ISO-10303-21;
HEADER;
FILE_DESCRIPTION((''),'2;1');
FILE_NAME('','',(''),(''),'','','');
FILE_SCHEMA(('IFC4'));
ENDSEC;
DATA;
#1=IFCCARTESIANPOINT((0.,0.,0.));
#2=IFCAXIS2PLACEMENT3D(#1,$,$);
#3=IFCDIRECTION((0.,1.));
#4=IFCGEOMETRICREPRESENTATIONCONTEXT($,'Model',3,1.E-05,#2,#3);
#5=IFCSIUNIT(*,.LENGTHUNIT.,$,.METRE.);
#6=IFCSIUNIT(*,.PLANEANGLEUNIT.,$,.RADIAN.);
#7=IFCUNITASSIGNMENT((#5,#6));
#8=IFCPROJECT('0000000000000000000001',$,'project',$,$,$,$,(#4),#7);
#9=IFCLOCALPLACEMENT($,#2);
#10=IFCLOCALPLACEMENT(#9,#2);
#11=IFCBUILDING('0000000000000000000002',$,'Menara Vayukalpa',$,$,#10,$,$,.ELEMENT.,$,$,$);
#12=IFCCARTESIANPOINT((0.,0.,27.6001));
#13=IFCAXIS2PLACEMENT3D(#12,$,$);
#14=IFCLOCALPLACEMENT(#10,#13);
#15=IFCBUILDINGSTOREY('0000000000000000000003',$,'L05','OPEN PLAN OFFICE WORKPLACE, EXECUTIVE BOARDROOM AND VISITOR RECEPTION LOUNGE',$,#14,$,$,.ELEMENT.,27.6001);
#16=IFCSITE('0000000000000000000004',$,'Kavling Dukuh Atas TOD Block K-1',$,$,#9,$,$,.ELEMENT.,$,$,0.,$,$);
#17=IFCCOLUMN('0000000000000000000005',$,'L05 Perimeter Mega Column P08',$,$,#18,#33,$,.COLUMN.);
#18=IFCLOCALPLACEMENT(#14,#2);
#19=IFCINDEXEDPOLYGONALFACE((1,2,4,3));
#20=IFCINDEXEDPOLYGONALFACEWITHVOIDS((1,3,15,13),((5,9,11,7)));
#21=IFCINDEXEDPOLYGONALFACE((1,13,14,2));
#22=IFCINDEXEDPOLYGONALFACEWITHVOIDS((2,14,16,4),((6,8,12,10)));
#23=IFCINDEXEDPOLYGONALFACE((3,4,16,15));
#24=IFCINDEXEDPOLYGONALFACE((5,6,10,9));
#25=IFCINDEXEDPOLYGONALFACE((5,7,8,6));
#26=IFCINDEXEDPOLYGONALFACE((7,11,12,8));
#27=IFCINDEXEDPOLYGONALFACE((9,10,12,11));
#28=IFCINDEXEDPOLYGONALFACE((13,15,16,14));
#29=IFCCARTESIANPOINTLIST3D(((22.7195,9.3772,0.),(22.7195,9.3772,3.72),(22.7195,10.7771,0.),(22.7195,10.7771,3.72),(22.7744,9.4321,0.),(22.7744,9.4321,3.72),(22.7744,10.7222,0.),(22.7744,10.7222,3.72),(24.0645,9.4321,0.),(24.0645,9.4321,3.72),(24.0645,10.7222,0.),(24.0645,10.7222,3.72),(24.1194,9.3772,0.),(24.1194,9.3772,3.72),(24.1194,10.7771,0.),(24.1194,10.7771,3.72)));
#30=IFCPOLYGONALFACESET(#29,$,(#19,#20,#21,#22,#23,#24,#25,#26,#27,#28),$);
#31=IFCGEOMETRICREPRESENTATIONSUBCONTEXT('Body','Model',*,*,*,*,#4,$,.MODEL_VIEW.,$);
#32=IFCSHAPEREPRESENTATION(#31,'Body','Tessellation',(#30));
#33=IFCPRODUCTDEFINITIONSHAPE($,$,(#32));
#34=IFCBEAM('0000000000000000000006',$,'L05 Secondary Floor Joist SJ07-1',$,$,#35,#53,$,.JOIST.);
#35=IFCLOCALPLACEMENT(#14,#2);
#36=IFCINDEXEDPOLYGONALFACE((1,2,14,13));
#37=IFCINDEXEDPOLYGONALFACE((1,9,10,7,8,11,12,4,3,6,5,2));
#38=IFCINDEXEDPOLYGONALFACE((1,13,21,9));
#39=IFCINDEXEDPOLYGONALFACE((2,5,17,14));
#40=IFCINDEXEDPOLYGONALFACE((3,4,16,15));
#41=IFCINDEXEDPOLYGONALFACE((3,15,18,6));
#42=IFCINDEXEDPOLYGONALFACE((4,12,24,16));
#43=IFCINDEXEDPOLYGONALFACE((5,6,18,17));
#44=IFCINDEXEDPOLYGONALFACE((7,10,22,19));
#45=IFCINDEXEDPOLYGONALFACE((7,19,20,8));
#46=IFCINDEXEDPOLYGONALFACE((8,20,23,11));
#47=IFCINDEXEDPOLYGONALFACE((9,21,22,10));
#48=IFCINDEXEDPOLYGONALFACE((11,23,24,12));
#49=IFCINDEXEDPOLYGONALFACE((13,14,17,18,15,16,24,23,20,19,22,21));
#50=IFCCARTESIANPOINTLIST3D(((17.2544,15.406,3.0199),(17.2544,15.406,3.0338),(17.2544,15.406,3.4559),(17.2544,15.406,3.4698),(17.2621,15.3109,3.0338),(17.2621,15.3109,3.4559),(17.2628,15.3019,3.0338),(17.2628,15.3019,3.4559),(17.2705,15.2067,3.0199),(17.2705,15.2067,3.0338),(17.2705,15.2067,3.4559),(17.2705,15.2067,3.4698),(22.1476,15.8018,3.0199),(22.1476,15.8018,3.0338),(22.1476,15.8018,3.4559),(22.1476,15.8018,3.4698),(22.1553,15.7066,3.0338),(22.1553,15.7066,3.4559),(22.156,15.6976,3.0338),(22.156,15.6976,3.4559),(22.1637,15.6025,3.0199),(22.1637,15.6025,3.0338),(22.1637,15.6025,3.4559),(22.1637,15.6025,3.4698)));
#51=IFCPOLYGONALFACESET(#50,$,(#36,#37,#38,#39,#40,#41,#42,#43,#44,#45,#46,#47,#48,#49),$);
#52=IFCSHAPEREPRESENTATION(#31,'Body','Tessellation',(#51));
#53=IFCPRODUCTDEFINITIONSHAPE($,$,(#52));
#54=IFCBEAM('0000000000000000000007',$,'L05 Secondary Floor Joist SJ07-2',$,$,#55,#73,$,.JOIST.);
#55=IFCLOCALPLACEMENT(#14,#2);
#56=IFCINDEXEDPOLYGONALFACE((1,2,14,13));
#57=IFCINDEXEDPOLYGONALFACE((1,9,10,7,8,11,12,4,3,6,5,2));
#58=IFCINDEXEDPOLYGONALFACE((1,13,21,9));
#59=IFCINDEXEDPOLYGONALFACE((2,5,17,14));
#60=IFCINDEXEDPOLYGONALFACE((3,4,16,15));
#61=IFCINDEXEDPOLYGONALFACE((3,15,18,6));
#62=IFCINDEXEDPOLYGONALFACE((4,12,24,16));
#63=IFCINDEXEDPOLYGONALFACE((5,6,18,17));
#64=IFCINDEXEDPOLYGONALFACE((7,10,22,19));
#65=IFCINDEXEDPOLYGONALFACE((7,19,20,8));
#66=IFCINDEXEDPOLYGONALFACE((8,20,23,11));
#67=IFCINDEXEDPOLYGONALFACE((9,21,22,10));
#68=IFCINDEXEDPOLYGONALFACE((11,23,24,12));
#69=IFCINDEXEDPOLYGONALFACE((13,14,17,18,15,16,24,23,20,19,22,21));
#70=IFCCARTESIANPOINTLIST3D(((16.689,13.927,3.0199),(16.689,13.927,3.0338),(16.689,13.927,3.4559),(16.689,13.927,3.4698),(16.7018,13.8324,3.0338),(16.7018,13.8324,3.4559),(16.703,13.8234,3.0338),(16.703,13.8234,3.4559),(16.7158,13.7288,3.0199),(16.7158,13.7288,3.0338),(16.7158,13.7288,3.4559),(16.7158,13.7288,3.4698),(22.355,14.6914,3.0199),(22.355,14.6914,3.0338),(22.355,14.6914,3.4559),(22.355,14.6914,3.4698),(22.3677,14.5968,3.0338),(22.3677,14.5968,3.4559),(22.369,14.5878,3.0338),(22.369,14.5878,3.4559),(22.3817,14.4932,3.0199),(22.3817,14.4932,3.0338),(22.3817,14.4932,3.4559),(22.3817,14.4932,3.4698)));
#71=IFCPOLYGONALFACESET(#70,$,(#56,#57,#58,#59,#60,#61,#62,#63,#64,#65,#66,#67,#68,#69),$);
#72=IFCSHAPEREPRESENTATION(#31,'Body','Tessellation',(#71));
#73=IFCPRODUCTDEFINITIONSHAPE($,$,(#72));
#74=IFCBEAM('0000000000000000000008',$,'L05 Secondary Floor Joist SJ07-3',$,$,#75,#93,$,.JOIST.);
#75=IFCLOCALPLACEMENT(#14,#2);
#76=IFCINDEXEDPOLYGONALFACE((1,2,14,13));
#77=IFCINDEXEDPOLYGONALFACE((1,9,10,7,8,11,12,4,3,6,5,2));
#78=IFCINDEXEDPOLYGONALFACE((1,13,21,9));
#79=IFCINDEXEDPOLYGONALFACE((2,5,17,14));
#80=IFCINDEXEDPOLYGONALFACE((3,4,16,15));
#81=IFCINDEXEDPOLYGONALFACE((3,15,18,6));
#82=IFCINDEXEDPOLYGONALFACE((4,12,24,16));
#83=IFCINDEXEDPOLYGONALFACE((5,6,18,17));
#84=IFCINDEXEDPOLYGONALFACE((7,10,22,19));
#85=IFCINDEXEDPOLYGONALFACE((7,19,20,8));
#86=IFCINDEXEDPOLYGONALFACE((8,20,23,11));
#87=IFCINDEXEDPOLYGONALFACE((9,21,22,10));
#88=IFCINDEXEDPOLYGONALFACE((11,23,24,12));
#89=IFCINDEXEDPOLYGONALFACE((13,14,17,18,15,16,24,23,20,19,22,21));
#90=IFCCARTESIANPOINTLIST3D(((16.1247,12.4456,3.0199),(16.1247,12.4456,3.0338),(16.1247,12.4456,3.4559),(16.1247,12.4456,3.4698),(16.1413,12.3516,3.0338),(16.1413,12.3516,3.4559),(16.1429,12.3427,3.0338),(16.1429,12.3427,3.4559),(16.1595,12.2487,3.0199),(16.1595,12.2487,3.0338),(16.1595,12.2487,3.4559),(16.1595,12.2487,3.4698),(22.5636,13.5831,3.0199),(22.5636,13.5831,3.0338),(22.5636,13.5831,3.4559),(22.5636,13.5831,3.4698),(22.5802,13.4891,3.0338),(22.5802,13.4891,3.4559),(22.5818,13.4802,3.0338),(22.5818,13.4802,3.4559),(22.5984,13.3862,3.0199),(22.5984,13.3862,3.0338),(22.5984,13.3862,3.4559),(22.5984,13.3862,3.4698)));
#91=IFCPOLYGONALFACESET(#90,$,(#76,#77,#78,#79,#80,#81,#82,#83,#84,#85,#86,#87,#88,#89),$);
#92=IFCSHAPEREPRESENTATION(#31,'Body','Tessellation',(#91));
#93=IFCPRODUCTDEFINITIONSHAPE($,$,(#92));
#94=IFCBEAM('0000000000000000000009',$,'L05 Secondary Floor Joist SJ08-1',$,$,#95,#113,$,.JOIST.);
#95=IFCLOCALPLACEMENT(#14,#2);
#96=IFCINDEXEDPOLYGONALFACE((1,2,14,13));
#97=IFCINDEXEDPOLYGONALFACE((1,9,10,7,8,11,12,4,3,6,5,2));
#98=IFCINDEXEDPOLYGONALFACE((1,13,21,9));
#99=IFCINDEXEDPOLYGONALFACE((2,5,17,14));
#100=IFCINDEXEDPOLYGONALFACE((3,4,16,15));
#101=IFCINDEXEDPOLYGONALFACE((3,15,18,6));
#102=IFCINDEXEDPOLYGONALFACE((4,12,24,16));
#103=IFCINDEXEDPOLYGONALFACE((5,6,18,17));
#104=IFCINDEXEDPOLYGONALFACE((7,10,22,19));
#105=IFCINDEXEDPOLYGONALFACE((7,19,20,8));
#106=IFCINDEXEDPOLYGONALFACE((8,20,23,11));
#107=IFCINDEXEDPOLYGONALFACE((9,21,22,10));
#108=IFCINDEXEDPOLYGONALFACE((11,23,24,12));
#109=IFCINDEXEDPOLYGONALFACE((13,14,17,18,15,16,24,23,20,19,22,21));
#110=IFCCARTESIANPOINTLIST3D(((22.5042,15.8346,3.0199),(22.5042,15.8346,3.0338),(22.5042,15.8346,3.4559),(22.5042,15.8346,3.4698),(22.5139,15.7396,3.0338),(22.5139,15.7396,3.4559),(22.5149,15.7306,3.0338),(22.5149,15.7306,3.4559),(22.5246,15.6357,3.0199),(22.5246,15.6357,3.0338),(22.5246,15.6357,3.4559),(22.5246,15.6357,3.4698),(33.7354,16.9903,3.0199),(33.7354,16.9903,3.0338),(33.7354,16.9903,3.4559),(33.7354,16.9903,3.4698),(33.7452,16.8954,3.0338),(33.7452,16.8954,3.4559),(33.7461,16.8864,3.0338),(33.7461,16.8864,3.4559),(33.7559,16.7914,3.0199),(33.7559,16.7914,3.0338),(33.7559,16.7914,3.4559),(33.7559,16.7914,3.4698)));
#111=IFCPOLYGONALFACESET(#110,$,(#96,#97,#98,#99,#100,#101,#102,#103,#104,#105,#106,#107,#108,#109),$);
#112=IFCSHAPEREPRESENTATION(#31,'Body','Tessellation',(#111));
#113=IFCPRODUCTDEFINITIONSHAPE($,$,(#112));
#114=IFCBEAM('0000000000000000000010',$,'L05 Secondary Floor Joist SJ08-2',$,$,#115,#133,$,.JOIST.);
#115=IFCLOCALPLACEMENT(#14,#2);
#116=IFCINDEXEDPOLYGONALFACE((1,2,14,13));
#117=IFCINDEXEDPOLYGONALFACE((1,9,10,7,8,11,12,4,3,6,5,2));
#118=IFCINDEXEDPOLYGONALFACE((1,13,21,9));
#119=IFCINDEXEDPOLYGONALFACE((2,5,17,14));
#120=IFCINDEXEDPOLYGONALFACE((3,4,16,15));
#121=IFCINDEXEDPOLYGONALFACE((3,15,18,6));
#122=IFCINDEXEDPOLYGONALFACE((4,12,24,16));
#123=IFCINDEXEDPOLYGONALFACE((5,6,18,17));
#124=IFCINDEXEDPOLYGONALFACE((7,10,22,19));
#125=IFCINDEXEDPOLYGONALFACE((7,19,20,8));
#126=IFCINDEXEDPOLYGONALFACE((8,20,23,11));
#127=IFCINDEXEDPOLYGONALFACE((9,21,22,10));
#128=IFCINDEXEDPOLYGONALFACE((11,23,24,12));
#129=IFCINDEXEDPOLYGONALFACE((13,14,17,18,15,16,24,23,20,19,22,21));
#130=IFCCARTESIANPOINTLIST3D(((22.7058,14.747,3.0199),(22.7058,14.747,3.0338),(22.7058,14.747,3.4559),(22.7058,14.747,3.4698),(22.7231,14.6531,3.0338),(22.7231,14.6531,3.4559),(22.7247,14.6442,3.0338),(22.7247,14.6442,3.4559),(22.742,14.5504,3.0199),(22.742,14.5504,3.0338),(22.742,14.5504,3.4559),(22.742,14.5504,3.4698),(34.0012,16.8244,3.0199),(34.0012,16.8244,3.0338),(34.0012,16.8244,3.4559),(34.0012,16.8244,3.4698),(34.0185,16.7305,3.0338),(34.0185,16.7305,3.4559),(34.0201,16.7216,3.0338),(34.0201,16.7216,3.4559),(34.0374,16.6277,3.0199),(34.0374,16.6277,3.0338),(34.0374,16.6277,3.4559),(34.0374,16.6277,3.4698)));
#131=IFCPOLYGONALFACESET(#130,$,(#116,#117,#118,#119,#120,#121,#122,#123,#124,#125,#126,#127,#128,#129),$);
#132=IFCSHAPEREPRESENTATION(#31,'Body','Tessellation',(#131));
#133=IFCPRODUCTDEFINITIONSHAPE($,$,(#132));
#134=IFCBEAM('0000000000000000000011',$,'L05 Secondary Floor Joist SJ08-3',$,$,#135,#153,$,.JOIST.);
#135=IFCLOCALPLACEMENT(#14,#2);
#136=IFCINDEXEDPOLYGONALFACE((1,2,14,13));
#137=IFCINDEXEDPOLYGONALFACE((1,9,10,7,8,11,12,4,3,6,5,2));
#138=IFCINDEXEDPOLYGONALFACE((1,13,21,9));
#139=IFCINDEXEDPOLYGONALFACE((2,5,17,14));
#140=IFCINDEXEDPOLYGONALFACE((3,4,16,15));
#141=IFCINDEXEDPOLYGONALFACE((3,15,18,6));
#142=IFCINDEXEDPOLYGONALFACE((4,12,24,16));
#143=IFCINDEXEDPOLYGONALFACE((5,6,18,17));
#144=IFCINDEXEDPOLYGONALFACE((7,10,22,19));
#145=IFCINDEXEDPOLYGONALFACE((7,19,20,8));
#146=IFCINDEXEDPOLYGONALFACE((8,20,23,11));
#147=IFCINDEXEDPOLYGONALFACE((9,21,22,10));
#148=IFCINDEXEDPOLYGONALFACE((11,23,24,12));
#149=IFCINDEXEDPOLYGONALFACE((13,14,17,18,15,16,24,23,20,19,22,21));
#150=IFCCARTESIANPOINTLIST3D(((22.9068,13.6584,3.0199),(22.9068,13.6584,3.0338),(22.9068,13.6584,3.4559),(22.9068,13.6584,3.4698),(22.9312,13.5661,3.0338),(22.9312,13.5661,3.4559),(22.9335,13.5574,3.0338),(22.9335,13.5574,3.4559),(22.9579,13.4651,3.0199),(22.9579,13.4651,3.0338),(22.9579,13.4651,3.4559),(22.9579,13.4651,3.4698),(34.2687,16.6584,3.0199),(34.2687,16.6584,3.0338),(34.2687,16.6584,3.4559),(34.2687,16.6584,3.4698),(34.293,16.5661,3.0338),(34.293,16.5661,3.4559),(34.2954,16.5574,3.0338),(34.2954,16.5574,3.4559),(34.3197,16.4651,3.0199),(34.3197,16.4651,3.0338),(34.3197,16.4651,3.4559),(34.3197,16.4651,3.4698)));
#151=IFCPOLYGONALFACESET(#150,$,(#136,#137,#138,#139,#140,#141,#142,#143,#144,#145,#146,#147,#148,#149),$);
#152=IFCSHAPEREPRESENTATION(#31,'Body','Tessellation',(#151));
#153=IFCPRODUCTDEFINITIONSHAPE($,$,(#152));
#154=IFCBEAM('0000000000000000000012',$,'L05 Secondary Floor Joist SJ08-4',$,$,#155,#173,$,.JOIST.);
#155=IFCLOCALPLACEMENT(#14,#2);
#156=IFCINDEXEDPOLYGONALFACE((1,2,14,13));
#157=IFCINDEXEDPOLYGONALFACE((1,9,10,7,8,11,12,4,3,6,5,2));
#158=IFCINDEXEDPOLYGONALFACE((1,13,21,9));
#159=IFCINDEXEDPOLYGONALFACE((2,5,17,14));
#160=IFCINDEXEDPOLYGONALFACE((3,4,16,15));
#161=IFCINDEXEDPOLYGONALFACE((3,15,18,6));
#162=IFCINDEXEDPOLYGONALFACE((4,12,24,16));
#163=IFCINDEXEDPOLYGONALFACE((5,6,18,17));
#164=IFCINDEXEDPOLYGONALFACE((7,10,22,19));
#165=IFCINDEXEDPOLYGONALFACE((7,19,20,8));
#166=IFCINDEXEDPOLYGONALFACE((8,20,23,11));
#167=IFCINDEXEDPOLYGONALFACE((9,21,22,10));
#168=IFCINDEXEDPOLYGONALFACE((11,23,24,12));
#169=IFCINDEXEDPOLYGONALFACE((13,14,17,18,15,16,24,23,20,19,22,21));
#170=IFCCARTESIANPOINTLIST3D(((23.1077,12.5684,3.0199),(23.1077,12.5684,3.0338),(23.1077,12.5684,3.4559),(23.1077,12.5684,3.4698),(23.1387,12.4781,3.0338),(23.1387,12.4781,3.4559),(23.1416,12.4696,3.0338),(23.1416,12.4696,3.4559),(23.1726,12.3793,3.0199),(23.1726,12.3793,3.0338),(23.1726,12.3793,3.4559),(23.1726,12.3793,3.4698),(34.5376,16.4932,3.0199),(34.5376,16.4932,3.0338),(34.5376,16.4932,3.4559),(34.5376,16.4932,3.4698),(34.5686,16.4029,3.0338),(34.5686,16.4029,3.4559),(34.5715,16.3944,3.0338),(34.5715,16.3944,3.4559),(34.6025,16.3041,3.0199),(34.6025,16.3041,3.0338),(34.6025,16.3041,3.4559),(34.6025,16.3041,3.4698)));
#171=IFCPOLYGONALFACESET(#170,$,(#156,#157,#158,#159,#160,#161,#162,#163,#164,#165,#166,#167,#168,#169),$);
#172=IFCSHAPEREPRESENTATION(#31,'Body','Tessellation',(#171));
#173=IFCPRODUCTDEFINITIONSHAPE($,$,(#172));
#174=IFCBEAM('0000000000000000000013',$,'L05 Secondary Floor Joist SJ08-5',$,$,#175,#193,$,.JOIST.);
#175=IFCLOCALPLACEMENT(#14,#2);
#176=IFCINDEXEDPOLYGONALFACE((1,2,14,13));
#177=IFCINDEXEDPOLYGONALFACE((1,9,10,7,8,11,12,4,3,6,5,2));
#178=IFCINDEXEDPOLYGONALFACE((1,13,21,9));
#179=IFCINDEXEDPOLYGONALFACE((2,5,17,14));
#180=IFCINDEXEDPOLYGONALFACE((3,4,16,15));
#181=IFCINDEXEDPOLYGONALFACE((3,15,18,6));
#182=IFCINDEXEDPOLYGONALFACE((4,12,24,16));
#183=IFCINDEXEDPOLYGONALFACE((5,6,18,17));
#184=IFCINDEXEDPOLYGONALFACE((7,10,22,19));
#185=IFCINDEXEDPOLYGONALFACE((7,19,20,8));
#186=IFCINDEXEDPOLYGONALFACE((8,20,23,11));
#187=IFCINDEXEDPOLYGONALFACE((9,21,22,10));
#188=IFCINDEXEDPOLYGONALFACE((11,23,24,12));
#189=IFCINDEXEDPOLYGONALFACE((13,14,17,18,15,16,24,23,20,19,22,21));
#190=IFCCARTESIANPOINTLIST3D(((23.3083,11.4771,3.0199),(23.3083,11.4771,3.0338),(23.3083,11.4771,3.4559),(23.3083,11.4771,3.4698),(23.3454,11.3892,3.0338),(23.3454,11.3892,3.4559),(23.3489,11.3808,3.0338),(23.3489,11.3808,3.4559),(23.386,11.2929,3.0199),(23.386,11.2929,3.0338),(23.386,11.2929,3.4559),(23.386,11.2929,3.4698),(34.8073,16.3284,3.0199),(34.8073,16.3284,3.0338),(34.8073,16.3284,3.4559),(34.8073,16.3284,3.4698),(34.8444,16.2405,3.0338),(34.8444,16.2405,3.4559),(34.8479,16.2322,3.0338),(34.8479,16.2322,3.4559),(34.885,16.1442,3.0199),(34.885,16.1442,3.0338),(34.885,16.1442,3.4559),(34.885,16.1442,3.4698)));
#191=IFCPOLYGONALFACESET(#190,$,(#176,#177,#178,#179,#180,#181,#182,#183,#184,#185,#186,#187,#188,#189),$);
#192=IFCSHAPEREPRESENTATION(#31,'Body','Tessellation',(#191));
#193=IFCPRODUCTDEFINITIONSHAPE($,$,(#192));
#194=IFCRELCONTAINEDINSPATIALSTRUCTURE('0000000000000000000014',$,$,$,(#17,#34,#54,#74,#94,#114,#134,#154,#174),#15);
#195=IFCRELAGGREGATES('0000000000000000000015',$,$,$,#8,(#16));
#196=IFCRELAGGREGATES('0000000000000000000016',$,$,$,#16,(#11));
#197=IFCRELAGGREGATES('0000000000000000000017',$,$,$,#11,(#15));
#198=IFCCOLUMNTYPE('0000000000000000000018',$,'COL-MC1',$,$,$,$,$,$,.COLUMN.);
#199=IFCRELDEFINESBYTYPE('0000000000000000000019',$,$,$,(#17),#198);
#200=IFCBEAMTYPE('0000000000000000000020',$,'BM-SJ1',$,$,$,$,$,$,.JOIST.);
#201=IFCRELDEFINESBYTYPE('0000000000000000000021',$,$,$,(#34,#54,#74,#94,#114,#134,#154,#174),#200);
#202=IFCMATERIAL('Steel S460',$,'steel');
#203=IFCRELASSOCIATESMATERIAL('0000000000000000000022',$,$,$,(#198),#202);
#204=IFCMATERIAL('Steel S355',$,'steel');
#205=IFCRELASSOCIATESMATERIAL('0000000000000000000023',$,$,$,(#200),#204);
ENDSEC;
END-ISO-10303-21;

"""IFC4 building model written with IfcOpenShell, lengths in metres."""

from ifc_helpers import new_model, si_unit, direction, frame, origin, origin_2d, place, context, subcontext, project, spatial, hollow_rectangle, i_section, extrude, material, material_profile, profile_set, type_object, element, save


model = new_model("IFC4")

# Units and contexts
model_context = context("Model", 3, precision=1e-05, world=origin(), true_north=direction((0.0, 1.0)))
body_context = subcontext(model_context, "Body", "Model", "MODEL_VIEW")
ifc_project = project(units=[si_unit("LENGTHUNIT", "METRE"), si_unit("PLANEANGLEUNIT", "RADIAN")], contexts=[model_context])

# Site, building, storey
site_placement = place(None, origin())
site = spatial("IfcSite", under=ifc_project, at=site_placement, Name="Kavling Dukuh Atas TOD Block K-1", CompositionType="ELEMENT", RefElevation=0.0)
building_placement = place(site_placement, origin())
building = spatial("IfcBuilding", under=site, at=building_placement, Name="Menara Vayukalpa", CompositionType="ELEMENT")
storey_placement = place(building_placement, frame((0.0, 0.0, 27.6001)))
storey = spatial("IfcBuildingStorey", under=building, at=storey_placement, Name="L05", Description="OPEN PLAN OFFICE WORKPLACE, EXECUTIVE BOARDROOM AND VISITOR RECEPTION LOUNGE", CompositionType="ELEMENT", Elevation=27.6001)

# Column
ifc_material_1 = material(Name="Steel S460", Category="steel")
ifc_material_profile_1 = material_profile(ifc_material_1, hollow_rectangle(XDim=1.3999, YDim=1.3999, WallThickness=0.0549, at=origin_2d()), Name="BOX 1400x1400x55")
ifc_profile_set_1 = profile_set([ifc_material_profile_1], Name="Steel S460")
column_type = type_object("IfcColumnType", Name="COL-MC1", PredefinedType="COLUMN", material=ifc_profile_set_1)
column_placement = place(storey_placement, frame((23.4194, 10.0771, 0.0), z_axis=(0.0, 0.0, 1.0), x_axis=(1.0, 0.0, 0.0)))
element("IfcColumn", 1, at=column_placement, inside=storey, type_object=column_type, Name="L05 Perimeter Mega Column P08", PredefinedType="COLUMN", context=body_context, shape_type="SweptSolid", body=[
    extrude(hollow_rectangle(XDim=1.3999, YDim=1.3999, WallThickness=0.0549, at=origin_2d()), origin(), (0.0, 0.0, 1.0), 3.72),
])

# Beams
ifc_material_2 = material(Name="Steel S355", Category="steel")
ifc_material_profile_2 = material_profile(ifc_material_2, i_section(OverallWidth=0.2, OverallDepth=0.45, WebThickness=0.009, FlangeThickness=0.0139, at=origin_2d()), Name="WF 450x200x9x14")
ifc_profile_set_2 = profile_set([ifc_material_profile_2], Name="Steel S355")
beam_type = type_object("IfcBeamType", Name="BM-SJ1", PredefinedType="JOIST", material=ifc_profile_set_2)
beam_1_placement = place(storey_placement, frame((17.2625, 15.3064, 3.2449), z_axis=(0.996745, 0.080613, 0.0), x_axis=(-0.080613, 0.996745, 0.0)))
element("IfcBeam", 2, at=beam_1_placement, inside=storey, type_object=beam_type, Name="L05 Secondary Floor Joist SJ07-1", PredefinedType="JOIST", context=body_context, shape_type="SweptSolid", body=[
    extrude(i_section(OverallWidth=0.2, OverallDepth=0.45, WebThickness=0.009, FlangeThickness=0.0139, at=origin_2d()), origin(), (0.0, 0.0, 1.0), 4.9092),
])
beam_2_placement = place(storey_placement, frame((16.7024, 13.8279, 3.2449), z_axis=(0.991022, 0.133699, 0.0), x_axis=(-0.133699, 0.991022, 0.0)))
element("IfcBeam", 3, at=beam_2_placement, inside=storey, type_object=beam_type, Name="L05 Secondary Floor Joist SJ07-2", PredefinedType="JOIST", context=body_context, shape_type="SweptSolid", body=[
    extrude(i_section(OverallWidth=0.2, OverallDepth=0.45, WebThickness=0.009, FlangeThickness=0.0139, at=origin_2d()), origin(), (0.0, 0.0, 1.0), 5.7173),
])
beam_3_placement = place(storey_placement, frame((16.1421, 12.3472, 3.2449), z_axis=(0.984753, 0.173958, 0.0), x_axis=(-0.173958, 0.984753, 0.0)))
element("IfcBeam", 4, at=beam_3_placement, inside=storey, type_object=beam_type, Name="L05 Secondary Floor Joist SJ07-3", PredefinedType="JOIST", context=body_context, shape_type="SweptSolid", body=[
    extrude(i_section(OverallWidth=0.2, OverallDepth=0.45, WebThickness=0.009, FlangeThickness=0.0139, at=origin_2d()), origin(), (0.0, 0.0, 1.0), 6.5386),
])
beam_4_placement = place(storey_placement, frame((22.5144, 15.7351, 3.2449), z_axis=(0.994747, 0.102366, 0.0), x_axis=(-0.102366, 0.994747, 0.0)))
element("IfcBeam", 5, at=beam_4_placement, inside=storey, type_object=beam_type, Name="L05 Secondary Floor Joist SJ08-1", PredefinedType="JOIST", context=body_context, shape_type="SweptSolid", body=[
    extrude(i_section(OverallWidth=0.2, OverallDepth=0.45, WebThickness=0.009, FlangeThickness=0.0139, at=origin_2d()), origin(), (0.0, 0.0, 1.0), 11.2905),
])
beam_5_placement = place(storey_placement, frame((22.7239, 14.6487, 3.2449), z_axis=(0.983505, 0.180881, 0.0), x_axis=(-0.180881, 0.983505, 0.0)))
element("IfcBeam", 6, at=beam_5_placement, inside=storey, type_object=beam_type, Name="L05 Secondary Floor Joist SJ08-2", PredefinedType="JOIST", context=body_context, shape_type="SweptSolid", body=[
    extrude(i_section(OverallWidth=0.2, OverallDepth=0.45, WebThickness=0.009, FlangeThickness=0.0139, at=origin_2d()), origin(), (0.0, 0.0, 1.0), 11.4849),
])
beam_6_placement = place(storey_placement, frame((22.9324, 13.5618, 3.2449), z_axis=(0.966864, 0.255293, 0.0), x_axis=(-0.255293, 0.966864, 0.0)))
element("IfcBeam", 7, at=beam_6_placement, inside=storey, type_object=beam_type, Name="L05 Secondary Floor Joist SJ08-3", PredefinedType="JOIST", context=body_context, shape_type="SweptSolid", body=[
    extrude(i_section(OverallWidth=0.2, OverallDepth=0.45, WebThickness=0.009, FlangeThickness=0.0139, at=origin_2d()), origin(), (0.0, 0.0, 1.0), 11.7512),
])
beam_7_placement = place(storey_placement, frame((23.1401, 12.4739, 3.2449), z_axis=(0.945794, 0.324766, 0.0), x_axis=(-0.324766, 0.945794, 0.0)))
element("IfcBeam", 8, at=beam_7_placement, inside=storey, type_object=beam_type, Name="L05 Secondary Floor Joist SJ08-4", PredefinedType="JOIST", context=body_context, shape_type="SweptSolid", body=[
    extrude(i_section(OverallWidth=0.2, OverallDepth=0.45, WebThickness=0.009, FlangeThickness=0.0139, at=origin_2d()), origin(), (0.0, 0.0, 1.0), 12.085),
])
beam_8_placement = place(storey_placement, frame((23.3472, 11.385, 3.2449), z_axis=(0.921359, 0.388712, 0.0), x_axis=(-0.388712, 0.921359, 0.0)))
element("IfcBeam", 9, at=beam_8_placement, inside=storey, type_object=beam_type, Name="L05 Secondary Floor Joist SJ08-5", PredefinedType="JOIST", context=body_context, shape_type="SweptSolid", body=[
    extrude(i_section(OverallWidth=0.2, OverallDepth=0.45, WebThickness=0.009, FlangeThickness=0.0139, at=origin_2d()), origin(), (0.0, 0.0, 1.0), 12.4805),
])

save(model, "model.ifc")
